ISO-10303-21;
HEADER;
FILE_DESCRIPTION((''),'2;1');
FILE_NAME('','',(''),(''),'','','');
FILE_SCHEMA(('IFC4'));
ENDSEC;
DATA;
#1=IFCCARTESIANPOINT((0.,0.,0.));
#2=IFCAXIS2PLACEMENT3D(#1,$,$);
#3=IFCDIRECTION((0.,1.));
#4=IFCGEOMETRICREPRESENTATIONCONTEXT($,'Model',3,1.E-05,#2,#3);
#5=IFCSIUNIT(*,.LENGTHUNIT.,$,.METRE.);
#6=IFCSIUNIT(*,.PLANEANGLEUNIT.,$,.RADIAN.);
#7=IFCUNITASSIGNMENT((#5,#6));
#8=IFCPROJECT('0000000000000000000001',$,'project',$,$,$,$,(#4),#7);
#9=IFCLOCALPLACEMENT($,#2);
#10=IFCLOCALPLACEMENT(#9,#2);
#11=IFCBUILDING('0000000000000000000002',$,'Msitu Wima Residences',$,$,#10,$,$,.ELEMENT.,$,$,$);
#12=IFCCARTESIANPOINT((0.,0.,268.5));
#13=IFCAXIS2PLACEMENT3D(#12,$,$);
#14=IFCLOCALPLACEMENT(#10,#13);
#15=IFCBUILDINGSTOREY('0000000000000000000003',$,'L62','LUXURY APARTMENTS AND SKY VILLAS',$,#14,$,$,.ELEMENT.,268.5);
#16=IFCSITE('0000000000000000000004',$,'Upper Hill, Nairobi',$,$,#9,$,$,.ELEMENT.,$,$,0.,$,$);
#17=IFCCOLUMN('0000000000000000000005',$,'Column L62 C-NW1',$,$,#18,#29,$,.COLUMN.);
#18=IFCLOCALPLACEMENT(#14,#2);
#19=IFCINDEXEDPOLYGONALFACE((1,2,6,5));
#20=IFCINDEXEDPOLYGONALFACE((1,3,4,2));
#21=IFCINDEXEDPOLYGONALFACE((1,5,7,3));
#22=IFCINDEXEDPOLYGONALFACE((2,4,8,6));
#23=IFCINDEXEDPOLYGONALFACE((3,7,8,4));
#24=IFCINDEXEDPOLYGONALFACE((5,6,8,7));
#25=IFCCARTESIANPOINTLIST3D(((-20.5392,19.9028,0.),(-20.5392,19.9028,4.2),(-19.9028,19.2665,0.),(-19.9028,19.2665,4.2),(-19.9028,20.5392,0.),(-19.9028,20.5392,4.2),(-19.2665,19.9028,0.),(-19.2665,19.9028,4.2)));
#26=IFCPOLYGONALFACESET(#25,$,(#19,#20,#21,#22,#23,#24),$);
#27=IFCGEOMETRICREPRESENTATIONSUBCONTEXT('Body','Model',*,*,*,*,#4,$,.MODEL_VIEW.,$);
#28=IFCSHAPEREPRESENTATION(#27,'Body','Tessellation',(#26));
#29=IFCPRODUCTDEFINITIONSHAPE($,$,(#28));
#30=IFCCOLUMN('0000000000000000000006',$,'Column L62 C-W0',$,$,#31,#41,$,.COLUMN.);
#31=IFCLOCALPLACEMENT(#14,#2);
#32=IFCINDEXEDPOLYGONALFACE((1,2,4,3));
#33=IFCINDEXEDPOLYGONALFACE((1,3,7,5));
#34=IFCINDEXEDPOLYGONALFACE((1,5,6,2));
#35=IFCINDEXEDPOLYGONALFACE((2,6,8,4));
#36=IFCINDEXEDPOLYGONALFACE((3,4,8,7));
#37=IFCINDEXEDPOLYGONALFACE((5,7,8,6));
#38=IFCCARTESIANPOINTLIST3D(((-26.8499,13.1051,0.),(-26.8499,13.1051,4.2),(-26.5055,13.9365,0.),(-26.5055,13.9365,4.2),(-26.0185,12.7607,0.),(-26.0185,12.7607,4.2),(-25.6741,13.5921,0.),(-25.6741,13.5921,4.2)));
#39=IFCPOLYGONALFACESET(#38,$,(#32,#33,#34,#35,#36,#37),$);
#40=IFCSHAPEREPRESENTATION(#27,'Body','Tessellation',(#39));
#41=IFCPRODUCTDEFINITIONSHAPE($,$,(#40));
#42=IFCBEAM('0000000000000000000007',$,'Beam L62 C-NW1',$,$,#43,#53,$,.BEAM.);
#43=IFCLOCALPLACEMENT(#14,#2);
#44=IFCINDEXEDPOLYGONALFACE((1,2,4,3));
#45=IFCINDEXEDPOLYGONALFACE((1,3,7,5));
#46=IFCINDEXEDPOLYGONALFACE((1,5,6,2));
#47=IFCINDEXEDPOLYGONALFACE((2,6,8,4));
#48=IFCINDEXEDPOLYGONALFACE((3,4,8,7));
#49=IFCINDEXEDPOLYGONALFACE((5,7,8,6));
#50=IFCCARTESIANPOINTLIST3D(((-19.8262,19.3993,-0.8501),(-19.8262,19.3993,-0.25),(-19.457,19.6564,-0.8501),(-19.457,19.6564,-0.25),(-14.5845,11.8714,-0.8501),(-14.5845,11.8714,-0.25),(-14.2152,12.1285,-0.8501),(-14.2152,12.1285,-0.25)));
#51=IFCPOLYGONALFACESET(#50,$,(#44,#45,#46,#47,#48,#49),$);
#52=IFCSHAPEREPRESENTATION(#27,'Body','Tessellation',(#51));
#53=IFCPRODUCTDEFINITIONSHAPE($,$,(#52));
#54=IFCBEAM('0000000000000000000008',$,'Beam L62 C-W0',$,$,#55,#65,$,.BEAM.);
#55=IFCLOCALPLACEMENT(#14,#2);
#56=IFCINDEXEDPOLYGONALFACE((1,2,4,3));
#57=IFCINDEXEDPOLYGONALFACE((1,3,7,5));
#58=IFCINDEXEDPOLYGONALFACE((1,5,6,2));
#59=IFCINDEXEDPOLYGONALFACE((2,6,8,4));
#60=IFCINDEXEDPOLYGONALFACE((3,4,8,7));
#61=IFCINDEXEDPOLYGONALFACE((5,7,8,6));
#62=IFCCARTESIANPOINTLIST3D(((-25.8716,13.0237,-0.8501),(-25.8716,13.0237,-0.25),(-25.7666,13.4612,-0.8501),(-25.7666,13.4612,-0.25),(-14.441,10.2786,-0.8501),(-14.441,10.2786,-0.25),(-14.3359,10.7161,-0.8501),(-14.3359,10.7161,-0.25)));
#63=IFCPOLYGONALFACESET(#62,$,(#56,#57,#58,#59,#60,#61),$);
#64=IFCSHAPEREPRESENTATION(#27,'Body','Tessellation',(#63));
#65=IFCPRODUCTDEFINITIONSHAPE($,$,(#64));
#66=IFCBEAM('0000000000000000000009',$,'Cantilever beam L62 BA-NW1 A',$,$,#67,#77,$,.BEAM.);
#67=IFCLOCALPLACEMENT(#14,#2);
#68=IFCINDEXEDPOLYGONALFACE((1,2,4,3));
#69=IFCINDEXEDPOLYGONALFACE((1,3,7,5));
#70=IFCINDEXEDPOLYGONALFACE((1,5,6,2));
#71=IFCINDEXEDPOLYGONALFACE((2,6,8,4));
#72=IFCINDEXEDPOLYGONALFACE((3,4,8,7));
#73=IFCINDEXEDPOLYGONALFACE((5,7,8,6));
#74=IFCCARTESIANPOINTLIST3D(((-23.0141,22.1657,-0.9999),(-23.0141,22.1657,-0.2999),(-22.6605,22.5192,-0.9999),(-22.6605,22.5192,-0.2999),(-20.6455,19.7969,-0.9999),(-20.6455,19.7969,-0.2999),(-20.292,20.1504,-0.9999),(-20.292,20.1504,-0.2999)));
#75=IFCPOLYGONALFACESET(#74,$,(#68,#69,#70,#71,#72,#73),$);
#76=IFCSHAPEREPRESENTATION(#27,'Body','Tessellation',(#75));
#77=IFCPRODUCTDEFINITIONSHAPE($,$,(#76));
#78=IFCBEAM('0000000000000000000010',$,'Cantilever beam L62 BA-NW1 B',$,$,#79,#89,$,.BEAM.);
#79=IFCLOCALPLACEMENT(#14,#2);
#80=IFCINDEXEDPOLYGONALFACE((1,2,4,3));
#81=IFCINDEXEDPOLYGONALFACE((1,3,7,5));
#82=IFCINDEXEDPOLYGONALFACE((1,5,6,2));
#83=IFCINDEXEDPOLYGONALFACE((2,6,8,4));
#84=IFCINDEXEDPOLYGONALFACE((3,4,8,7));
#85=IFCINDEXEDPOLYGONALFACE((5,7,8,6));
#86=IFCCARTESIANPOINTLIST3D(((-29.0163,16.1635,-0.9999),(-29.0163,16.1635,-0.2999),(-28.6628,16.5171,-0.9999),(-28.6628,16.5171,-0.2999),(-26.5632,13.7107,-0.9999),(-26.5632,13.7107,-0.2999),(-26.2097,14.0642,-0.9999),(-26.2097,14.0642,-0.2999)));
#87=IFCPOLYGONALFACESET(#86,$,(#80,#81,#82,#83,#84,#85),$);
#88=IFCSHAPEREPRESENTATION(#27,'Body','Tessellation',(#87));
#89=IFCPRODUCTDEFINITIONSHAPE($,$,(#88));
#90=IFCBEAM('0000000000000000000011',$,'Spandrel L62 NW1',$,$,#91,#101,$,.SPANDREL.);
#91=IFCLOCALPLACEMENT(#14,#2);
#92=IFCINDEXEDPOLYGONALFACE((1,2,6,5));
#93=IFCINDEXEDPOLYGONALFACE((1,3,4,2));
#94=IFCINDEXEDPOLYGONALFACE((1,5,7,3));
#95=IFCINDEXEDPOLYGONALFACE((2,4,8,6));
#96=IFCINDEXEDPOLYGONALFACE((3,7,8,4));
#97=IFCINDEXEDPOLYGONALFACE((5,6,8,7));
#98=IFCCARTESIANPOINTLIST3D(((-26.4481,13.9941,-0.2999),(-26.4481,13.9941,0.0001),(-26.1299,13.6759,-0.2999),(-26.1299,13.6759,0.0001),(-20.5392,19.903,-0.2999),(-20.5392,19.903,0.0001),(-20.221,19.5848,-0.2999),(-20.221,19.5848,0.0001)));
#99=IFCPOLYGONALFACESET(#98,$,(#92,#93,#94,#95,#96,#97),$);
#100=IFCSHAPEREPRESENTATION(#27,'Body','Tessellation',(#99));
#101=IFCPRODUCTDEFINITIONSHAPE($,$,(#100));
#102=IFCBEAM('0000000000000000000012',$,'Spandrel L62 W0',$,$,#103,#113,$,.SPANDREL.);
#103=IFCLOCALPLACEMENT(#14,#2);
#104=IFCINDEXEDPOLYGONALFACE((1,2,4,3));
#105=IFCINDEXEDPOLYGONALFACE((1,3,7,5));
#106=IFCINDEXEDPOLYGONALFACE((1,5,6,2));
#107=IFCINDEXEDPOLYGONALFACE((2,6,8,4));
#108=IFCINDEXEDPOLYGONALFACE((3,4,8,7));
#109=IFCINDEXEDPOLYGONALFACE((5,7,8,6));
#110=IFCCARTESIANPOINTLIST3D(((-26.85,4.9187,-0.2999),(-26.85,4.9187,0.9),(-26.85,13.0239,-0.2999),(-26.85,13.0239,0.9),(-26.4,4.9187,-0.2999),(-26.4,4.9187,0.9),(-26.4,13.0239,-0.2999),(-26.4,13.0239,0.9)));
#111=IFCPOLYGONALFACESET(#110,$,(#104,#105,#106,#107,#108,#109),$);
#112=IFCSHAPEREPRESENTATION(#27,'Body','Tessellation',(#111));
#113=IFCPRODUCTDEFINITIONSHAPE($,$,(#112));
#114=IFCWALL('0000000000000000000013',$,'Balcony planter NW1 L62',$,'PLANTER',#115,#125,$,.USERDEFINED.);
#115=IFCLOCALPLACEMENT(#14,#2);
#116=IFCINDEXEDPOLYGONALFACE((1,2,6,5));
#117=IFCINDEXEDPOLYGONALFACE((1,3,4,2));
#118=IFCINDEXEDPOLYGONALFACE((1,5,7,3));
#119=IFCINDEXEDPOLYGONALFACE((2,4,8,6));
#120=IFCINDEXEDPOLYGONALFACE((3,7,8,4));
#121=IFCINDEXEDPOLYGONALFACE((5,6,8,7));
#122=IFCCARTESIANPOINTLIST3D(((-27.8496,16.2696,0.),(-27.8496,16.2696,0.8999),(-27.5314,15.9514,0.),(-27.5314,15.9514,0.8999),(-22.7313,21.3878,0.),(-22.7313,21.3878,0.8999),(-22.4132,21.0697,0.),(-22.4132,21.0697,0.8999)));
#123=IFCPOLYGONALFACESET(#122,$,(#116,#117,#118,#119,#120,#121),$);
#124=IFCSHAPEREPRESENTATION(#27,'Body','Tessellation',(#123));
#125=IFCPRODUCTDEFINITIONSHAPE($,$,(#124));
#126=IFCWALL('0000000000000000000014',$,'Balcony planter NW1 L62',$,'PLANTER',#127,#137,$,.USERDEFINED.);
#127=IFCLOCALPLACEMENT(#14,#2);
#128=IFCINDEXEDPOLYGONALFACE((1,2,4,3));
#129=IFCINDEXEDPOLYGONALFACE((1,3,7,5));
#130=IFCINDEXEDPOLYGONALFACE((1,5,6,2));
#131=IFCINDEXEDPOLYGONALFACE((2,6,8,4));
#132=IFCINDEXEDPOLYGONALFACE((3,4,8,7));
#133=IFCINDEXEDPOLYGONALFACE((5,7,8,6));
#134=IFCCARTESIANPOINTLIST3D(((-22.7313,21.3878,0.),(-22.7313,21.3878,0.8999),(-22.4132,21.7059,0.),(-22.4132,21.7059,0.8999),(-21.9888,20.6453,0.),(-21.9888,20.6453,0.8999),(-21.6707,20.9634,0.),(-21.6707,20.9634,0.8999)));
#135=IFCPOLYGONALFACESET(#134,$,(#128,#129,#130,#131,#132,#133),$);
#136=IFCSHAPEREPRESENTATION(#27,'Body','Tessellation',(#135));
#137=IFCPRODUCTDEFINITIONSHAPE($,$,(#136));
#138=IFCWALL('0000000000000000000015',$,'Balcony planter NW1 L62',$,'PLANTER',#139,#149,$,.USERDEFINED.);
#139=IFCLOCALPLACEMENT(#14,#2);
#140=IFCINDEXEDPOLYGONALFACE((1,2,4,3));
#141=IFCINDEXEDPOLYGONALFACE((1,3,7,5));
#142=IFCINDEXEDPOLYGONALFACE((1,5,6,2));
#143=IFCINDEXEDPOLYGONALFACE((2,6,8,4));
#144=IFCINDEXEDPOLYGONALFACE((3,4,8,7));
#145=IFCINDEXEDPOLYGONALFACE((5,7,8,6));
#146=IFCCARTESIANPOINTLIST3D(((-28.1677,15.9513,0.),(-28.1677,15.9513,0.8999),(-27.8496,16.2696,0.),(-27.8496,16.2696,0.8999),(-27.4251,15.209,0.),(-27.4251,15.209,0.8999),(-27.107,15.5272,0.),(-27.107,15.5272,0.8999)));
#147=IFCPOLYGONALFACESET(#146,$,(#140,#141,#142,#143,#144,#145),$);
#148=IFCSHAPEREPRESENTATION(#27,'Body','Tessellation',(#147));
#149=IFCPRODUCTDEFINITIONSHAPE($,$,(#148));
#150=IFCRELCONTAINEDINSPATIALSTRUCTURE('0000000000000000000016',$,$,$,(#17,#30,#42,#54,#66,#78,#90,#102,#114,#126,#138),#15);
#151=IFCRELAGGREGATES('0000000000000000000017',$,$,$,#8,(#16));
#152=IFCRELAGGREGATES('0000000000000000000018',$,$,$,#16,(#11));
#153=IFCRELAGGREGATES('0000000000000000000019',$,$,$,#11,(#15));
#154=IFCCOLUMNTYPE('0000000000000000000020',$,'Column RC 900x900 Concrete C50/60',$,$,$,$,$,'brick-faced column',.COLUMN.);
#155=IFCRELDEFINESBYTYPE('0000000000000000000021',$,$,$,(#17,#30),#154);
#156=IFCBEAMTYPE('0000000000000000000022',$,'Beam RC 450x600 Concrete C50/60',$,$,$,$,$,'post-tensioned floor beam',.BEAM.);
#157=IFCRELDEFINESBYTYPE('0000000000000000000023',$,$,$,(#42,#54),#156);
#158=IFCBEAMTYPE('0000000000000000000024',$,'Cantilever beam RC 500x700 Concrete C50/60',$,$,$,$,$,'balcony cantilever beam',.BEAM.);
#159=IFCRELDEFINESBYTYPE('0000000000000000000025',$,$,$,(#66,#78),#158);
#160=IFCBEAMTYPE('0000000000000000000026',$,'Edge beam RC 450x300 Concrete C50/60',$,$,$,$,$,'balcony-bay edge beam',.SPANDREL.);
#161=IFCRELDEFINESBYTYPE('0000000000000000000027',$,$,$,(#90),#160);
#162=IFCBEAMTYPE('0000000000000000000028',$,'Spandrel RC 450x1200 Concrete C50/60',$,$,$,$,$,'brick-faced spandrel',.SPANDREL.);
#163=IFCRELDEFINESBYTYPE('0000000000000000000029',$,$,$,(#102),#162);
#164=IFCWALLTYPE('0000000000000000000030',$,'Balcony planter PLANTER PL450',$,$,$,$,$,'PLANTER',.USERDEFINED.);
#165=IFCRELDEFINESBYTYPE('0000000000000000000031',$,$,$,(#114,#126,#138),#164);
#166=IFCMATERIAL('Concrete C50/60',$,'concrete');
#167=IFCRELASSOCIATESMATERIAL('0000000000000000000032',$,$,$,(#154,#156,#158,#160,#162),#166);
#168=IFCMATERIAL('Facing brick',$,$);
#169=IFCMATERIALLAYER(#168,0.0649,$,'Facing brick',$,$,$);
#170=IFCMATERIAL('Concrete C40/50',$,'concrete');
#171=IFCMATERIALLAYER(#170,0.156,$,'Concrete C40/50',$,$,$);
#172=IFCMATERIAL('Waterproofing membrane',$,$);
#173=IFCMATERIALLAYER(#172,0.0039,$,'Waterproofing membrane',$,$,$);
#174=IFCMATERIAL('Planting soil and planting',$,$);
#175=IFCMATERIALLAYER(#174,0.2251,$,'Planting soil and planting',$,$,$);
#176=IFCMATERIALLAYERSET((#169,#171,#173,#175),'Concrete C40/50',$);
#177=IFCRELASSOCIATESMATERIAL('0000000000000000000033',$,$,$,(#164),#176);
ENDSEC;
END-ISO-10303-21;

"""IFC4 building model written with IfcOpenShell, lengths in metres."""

from ifc_helpers import new_model, si_unit, direction, frame, frame_2d, origin, origin_2d, place, context, subcontext, project, spatial, rectangle, extrude, material, layer, layer_set, material_profile, profile_set, type_object, element, save


model = new_model("IFC4")

# Units and contexts
model_context = context("Model", 3, precision=1e-05, world=origin(), true_north=direction((0.0, 1.0)))
body_context = subcontext(model_context, "Body", "Model", "MODEL_VIEW")
ifc_project = project(units=[si_unit("LENGTHUNIT", "METRE"), si_unit("PLANEANGLEUNIT", "RADIAN")], contexts=[model_context])

# Site, building, storey
site_placement = place(None, origin())
site = spatial("IfcSite", under=ifc_project, at=site_placement, Name="Upper Hill, Nairobi", CompositionType="ELEMENT", RefElevation=0.0)
building_placement = place(site_placement, origin())
building = spatial("IfcBuilding", under=site, at=building_placement, Name="Msitu Wima Residences", CompositionType="ELEMENT")
storey_placement = place(building_placement, frame((0.0, 0.0, 268.5)))
storey = spatial("IfcBuildingStorey", under=building, at=storey_placement, Name="L62", Description="LUXURY APARTMENTS AND SKY VILLAS", CompositionType="ELEMENT", Elevation=268.5)

# Columns
ifc_material_1 = material(Name="Concrete C50/60", Category="concrete")
ifc_material_profile_1 = material_profile(ifc_material_1, rectangle(XDim=0.8999, YDim=0.8999, at=origin_2d()), Name="RC 900x900")
ifc_profile_set_1 = profile_set([ifc_material_profile_1], Name="Concrete C50/60")
column_type = type_object("IfcColumnType", Name="Column RC 900x900 Concrete C50/60", ElementType="brick-faced column", PredefinedType="COLUMN", material=ifc_profile_set_1)
for number, where, z_axis, x_axis, name in (
    (1, (-19.9028, 19.9028, 0.0), (0.0, 0.0, 1.0), (-0.707107, -0.707107, 0.0), "Column L62 C-NW1"),
    (2, (-26.262, 13.3486, 0.0), (0.0, 0.0, 1.0), (-0.382683, -0.92388, 0.0), "Column L62 C-W0"),
):
    element("IfcColumn", number, at=place(storey_placement, frame(where, z_axis=z_axis, x_axis=x_axis)), inside=storey, type_object=column_type, Name=name, PredefinedType="COLUMN", context=body_context, shape_type="SweptSolid", body=[
        extrude(rectangle(XDim=0.8999, YDim=0.8999, at=origin_2d()), origin(), (0.0, 0.0, 1.0), 4.2),
    ])

# Beams
ifc_material_profile_2 = material_profile(ifc_material_1, rectangle(XDim=0.45, YDim=0.6001, at=origin_2d()), Name="RC 450x600")
ifc_profile_set_2 = profile_set([ifc_material_profile_2], Name="Concrete C50/60")
beam_type_1 = type_object("IfcBeamType", Name="Beam RC 450x600 Concrete C50/60", ElementType="post-tensioned floor beam", PredefinedType="BEAM", material=ifc_profile_set_2)
beam_1_placement = place(storey_placement, frame((-19.6416, 19.5278, -0.55), z_axis=(0.571428, -0.820652, 0.0), x_axis=(0.820652, 0.571428, 0.0)))
element("IfcBeam", 3, at=beam_1_placement, inside=storey, type_object=beam_type_1, Name="Beam L62 C-NW1", PredefinedType="BEAM", context=body_context, shape_type="SweptSolid", body=[
    extrude(rectangle(XDim=0.45, YDim=0.6001, at=origin_2d()), origin(), (0.0, 0.0, 1.0), 9.1731),
])
beam_2_placement = place(storey_placement, frame((-25.8191, 13.2424, -0.55), z_axis=(0.972353, -0.233514, 0.0), x_axis=(0.233514, 0.972353, 0.0)))
element("IfcBeam", 4, at=beam_2_placement, inside=storey, type_object=beam_type_1, Name="Beam L62 C-W0", PredefinedType="BEAM", context=body_context, shape_type="SweptSolid", body=[
    extrude(rectangle(XDim=0.45, YDim=0.6001, at=origin_2d()), origin(), (0.0, 0.0, 1.0), 11.7556),
])
ifc_material_profile_3 = material_profile(ifc_material_1, rectangle(XDim=0.5, YDim=0.7, at=origin_2d()), Name="RC 500x700")
ifc_profile_set_3 = profile_set([ifc_material_profile_3], Name="Concrete C50/60")
beam_type_2 = type_object("IfcBeamType", Name="Cantilever beam RC 500x700 Concrete C50/60", ElementType="balcony cantilever beam", PredefinedType="BEAM", material=ifc_profile_set_3)
beam_3_placement = place(storey_placement, frame((-20.4688, 19.9736, -0.6499), z_axis=(-0.70707, 0.707143, 0.0), x_axis=(-0.707143, -0.70707, 0.0)))
element("IfcBeam", 5, at=beam_3_placement, inside=storey, type_object=beam_type_2, Name="Cantilever beam L62 BA-NW1 A", PredefinedType="BEAM", context=body_context, shape_type="SweptSolid", body=[
    extrude(rectangle(XDim=0.5, YDim=0.7, at=origin_2d()), origin(), (0.0, 0.0, 1.0), 3.3499),
])
beam_4_placement = place(storey_placement, frame((-26.3865, 13.8875, -0.6499), z_axis=(-0.707142, 0.707072, 0.0), x_axis=(-0.707072, -0.707142, 0.0)))
element("IfcBeam", 6, at=beam_4_placement, inside=storey, type_object=beam_type_2, Name="Cantilever beam L62 BA-NW1 B", PredefinedType="BEAM", context=body_context, shape_type="SweptSolid", body=[
    extrude(rectangle(XDim=0.5, YDim=0.7, at=origin_2d()), origin(), (0.0, 0.0, 1.0), 3.469),
])
ifc_material_profile_4 = material_profile(ifc_material_1, rectangle(XDim=0.45, YDim=0.3, at=origin_2d()), Name="RC 450x300")
ifc_profile_set_4 = profile_set([ifc_material_profile_4], Name="Concrete C50/60")
beam_type_3 = type_object("IfcBeamType", Name="Edge beam RC 450x300 Concrete C50/60", ElementType="balcony-bay edge beam", PredefinedType="SPANDREL", material=ifc_profile_set_4)
beam_5_placement = place(storey_placement, frame((-20.3801, 19.7439, -0.1499), z_axis=(-0.707107, -0.707107, 0.0), x_axis=(0.707107, -0.707107, 0.0)))
element("IfcBeam", 7, at=beam_5_placement, inside=storey, type_object=beam_type_3, Name="Spandrel L62 NW1", PredefinedType="SPANDREL", context=body_context, shape_type="SweptSolid", body=[
    extrude(rectangle(XDim=0.45, YDim=0.3, at=origin_2d()), origin(), (0.0, 0.0, 1.0), 8.3564),
])
ifc_material_profile_5 = material_profile(ifc_material_1, rectangle(XDim=0.45, YDim=1.2, at=origin_2d()), Name="RC 450x1200")
ifc_profile_set_5 = profile_set([ifc_material_profile_5], Name="Concrete C50/60")
beam_type_4 = type_object("IfcBeamType", Name="Spandrel RC 450x1200 Concrete C50/60", ElementType="brick-faced spandrel", PredefinedType="SPANDREL", material=ifc_profile_set_5)
beam_6_placement = place(storey_placement, frame((-26.625, 13.0239, 0.3), z_axis=(0.0, -1.0, 0.0), x_axis=(1.0, 0.0, 0.0)))
element("IfcBeam", 8, at=beam_6_placement, inside=storey, type_object=beam_type_4, Name="Spandrel L62 W0", PredefinedType="SPANDREL", context=body_context, shape_type="SweptSolid", body=[
    extrude(rectangle(XDim=0.45, YDim=1.2, at=origin_2d()), origin(), (0.0, 0.0, 1.0), 8.1052),
])

# Walls
ifc_material_2 = material(Name="Facing brick")
ifc_layer_1 = layer(ifc_material_2, 0.0649, Name="Facing brick")
ifc_material_3 = material(Name="Concrete C40/50", Category="concrete")
ifc_layer_2 = layer(ifc_material_3, 0.156, Name="Concrete C40/50")
ifc_material_4 = material(Name="Waterproofing membrane")
ifc_layer_3 = layer(ifc_material_4, 0.0039, Name="Waterproofing membrane")
ifc_material_5 = material(Name="Planting soil and planting")
ifc_layer_4 = layer(ifc_material_5, 0.2251, Name="Planting soil and planting")
ifc_layer_set_1 = layer_set([ifc_layer_1, ifc_layer_2, ifc_layer_3, ifc_layer_4], Name="Concrete C40/50")
wall_type_1 = type_object("IfcWallType", Name="Balcony planter PLANTER PL450", ElementType="PLANTER", PredefinedType="USERDEFINED", material=ifc_layer_set_1)
wall_1_placement = place(storey_placement, frame((-22.5723, 21.2288, 0.0), z_axis=(0.0, 0.0, 1.0), x_axis=(-0.707107, -0.707107, 0.0)))
element("IfcWall", 9, at=wall_1_placement, inside=storey, type_object=wall_type_1, Name="Balcony planter NW1 L62", ObjectType="PLANTER", PredefinedType="USERDEFINED", context=body_context, shape_type="SweptSolid", body=[
    extrude(rectangle(XDim=7.2383, YDim=0.45, at=frame_2d((3.6191, 0.0))), origin(), (0.0, 0.0, 1.0), 0.8999),
])
for number, where, z_axis, x_axis, name in (
    (10, (-21.8298, 20.8044, 0.0), (0.0, 0.0, 1.0), (-0.707107, 0.707107, 0.0), "Balcony planter NW1 L62"),
    (11, (-27.2661, 15.3682, 0.0), (0.0, 0.0, 1.0), (-0.707223, 0.706991, 0.0), "Balcony planter NW1 L62"),
):
    element("IfcWall", number, at=place(storey_placement, frame(where, z_axis=z_axis, x_axis=x_axis)), inside=storey, type_object=wall_type_1, Name=name, ObjectType="PLANTER", PredefinedType="USERDEFINED", context=body_context, shape_type="SweptSolid", body=[
        extrude(rectangle(XDim=1.05, YDim=0.45, at=frame_2d((0.5249, 0.0))), origin(), (0.0, 0.0, 1.0), 0.8999),
    ])

save(model, "model.ifc")
